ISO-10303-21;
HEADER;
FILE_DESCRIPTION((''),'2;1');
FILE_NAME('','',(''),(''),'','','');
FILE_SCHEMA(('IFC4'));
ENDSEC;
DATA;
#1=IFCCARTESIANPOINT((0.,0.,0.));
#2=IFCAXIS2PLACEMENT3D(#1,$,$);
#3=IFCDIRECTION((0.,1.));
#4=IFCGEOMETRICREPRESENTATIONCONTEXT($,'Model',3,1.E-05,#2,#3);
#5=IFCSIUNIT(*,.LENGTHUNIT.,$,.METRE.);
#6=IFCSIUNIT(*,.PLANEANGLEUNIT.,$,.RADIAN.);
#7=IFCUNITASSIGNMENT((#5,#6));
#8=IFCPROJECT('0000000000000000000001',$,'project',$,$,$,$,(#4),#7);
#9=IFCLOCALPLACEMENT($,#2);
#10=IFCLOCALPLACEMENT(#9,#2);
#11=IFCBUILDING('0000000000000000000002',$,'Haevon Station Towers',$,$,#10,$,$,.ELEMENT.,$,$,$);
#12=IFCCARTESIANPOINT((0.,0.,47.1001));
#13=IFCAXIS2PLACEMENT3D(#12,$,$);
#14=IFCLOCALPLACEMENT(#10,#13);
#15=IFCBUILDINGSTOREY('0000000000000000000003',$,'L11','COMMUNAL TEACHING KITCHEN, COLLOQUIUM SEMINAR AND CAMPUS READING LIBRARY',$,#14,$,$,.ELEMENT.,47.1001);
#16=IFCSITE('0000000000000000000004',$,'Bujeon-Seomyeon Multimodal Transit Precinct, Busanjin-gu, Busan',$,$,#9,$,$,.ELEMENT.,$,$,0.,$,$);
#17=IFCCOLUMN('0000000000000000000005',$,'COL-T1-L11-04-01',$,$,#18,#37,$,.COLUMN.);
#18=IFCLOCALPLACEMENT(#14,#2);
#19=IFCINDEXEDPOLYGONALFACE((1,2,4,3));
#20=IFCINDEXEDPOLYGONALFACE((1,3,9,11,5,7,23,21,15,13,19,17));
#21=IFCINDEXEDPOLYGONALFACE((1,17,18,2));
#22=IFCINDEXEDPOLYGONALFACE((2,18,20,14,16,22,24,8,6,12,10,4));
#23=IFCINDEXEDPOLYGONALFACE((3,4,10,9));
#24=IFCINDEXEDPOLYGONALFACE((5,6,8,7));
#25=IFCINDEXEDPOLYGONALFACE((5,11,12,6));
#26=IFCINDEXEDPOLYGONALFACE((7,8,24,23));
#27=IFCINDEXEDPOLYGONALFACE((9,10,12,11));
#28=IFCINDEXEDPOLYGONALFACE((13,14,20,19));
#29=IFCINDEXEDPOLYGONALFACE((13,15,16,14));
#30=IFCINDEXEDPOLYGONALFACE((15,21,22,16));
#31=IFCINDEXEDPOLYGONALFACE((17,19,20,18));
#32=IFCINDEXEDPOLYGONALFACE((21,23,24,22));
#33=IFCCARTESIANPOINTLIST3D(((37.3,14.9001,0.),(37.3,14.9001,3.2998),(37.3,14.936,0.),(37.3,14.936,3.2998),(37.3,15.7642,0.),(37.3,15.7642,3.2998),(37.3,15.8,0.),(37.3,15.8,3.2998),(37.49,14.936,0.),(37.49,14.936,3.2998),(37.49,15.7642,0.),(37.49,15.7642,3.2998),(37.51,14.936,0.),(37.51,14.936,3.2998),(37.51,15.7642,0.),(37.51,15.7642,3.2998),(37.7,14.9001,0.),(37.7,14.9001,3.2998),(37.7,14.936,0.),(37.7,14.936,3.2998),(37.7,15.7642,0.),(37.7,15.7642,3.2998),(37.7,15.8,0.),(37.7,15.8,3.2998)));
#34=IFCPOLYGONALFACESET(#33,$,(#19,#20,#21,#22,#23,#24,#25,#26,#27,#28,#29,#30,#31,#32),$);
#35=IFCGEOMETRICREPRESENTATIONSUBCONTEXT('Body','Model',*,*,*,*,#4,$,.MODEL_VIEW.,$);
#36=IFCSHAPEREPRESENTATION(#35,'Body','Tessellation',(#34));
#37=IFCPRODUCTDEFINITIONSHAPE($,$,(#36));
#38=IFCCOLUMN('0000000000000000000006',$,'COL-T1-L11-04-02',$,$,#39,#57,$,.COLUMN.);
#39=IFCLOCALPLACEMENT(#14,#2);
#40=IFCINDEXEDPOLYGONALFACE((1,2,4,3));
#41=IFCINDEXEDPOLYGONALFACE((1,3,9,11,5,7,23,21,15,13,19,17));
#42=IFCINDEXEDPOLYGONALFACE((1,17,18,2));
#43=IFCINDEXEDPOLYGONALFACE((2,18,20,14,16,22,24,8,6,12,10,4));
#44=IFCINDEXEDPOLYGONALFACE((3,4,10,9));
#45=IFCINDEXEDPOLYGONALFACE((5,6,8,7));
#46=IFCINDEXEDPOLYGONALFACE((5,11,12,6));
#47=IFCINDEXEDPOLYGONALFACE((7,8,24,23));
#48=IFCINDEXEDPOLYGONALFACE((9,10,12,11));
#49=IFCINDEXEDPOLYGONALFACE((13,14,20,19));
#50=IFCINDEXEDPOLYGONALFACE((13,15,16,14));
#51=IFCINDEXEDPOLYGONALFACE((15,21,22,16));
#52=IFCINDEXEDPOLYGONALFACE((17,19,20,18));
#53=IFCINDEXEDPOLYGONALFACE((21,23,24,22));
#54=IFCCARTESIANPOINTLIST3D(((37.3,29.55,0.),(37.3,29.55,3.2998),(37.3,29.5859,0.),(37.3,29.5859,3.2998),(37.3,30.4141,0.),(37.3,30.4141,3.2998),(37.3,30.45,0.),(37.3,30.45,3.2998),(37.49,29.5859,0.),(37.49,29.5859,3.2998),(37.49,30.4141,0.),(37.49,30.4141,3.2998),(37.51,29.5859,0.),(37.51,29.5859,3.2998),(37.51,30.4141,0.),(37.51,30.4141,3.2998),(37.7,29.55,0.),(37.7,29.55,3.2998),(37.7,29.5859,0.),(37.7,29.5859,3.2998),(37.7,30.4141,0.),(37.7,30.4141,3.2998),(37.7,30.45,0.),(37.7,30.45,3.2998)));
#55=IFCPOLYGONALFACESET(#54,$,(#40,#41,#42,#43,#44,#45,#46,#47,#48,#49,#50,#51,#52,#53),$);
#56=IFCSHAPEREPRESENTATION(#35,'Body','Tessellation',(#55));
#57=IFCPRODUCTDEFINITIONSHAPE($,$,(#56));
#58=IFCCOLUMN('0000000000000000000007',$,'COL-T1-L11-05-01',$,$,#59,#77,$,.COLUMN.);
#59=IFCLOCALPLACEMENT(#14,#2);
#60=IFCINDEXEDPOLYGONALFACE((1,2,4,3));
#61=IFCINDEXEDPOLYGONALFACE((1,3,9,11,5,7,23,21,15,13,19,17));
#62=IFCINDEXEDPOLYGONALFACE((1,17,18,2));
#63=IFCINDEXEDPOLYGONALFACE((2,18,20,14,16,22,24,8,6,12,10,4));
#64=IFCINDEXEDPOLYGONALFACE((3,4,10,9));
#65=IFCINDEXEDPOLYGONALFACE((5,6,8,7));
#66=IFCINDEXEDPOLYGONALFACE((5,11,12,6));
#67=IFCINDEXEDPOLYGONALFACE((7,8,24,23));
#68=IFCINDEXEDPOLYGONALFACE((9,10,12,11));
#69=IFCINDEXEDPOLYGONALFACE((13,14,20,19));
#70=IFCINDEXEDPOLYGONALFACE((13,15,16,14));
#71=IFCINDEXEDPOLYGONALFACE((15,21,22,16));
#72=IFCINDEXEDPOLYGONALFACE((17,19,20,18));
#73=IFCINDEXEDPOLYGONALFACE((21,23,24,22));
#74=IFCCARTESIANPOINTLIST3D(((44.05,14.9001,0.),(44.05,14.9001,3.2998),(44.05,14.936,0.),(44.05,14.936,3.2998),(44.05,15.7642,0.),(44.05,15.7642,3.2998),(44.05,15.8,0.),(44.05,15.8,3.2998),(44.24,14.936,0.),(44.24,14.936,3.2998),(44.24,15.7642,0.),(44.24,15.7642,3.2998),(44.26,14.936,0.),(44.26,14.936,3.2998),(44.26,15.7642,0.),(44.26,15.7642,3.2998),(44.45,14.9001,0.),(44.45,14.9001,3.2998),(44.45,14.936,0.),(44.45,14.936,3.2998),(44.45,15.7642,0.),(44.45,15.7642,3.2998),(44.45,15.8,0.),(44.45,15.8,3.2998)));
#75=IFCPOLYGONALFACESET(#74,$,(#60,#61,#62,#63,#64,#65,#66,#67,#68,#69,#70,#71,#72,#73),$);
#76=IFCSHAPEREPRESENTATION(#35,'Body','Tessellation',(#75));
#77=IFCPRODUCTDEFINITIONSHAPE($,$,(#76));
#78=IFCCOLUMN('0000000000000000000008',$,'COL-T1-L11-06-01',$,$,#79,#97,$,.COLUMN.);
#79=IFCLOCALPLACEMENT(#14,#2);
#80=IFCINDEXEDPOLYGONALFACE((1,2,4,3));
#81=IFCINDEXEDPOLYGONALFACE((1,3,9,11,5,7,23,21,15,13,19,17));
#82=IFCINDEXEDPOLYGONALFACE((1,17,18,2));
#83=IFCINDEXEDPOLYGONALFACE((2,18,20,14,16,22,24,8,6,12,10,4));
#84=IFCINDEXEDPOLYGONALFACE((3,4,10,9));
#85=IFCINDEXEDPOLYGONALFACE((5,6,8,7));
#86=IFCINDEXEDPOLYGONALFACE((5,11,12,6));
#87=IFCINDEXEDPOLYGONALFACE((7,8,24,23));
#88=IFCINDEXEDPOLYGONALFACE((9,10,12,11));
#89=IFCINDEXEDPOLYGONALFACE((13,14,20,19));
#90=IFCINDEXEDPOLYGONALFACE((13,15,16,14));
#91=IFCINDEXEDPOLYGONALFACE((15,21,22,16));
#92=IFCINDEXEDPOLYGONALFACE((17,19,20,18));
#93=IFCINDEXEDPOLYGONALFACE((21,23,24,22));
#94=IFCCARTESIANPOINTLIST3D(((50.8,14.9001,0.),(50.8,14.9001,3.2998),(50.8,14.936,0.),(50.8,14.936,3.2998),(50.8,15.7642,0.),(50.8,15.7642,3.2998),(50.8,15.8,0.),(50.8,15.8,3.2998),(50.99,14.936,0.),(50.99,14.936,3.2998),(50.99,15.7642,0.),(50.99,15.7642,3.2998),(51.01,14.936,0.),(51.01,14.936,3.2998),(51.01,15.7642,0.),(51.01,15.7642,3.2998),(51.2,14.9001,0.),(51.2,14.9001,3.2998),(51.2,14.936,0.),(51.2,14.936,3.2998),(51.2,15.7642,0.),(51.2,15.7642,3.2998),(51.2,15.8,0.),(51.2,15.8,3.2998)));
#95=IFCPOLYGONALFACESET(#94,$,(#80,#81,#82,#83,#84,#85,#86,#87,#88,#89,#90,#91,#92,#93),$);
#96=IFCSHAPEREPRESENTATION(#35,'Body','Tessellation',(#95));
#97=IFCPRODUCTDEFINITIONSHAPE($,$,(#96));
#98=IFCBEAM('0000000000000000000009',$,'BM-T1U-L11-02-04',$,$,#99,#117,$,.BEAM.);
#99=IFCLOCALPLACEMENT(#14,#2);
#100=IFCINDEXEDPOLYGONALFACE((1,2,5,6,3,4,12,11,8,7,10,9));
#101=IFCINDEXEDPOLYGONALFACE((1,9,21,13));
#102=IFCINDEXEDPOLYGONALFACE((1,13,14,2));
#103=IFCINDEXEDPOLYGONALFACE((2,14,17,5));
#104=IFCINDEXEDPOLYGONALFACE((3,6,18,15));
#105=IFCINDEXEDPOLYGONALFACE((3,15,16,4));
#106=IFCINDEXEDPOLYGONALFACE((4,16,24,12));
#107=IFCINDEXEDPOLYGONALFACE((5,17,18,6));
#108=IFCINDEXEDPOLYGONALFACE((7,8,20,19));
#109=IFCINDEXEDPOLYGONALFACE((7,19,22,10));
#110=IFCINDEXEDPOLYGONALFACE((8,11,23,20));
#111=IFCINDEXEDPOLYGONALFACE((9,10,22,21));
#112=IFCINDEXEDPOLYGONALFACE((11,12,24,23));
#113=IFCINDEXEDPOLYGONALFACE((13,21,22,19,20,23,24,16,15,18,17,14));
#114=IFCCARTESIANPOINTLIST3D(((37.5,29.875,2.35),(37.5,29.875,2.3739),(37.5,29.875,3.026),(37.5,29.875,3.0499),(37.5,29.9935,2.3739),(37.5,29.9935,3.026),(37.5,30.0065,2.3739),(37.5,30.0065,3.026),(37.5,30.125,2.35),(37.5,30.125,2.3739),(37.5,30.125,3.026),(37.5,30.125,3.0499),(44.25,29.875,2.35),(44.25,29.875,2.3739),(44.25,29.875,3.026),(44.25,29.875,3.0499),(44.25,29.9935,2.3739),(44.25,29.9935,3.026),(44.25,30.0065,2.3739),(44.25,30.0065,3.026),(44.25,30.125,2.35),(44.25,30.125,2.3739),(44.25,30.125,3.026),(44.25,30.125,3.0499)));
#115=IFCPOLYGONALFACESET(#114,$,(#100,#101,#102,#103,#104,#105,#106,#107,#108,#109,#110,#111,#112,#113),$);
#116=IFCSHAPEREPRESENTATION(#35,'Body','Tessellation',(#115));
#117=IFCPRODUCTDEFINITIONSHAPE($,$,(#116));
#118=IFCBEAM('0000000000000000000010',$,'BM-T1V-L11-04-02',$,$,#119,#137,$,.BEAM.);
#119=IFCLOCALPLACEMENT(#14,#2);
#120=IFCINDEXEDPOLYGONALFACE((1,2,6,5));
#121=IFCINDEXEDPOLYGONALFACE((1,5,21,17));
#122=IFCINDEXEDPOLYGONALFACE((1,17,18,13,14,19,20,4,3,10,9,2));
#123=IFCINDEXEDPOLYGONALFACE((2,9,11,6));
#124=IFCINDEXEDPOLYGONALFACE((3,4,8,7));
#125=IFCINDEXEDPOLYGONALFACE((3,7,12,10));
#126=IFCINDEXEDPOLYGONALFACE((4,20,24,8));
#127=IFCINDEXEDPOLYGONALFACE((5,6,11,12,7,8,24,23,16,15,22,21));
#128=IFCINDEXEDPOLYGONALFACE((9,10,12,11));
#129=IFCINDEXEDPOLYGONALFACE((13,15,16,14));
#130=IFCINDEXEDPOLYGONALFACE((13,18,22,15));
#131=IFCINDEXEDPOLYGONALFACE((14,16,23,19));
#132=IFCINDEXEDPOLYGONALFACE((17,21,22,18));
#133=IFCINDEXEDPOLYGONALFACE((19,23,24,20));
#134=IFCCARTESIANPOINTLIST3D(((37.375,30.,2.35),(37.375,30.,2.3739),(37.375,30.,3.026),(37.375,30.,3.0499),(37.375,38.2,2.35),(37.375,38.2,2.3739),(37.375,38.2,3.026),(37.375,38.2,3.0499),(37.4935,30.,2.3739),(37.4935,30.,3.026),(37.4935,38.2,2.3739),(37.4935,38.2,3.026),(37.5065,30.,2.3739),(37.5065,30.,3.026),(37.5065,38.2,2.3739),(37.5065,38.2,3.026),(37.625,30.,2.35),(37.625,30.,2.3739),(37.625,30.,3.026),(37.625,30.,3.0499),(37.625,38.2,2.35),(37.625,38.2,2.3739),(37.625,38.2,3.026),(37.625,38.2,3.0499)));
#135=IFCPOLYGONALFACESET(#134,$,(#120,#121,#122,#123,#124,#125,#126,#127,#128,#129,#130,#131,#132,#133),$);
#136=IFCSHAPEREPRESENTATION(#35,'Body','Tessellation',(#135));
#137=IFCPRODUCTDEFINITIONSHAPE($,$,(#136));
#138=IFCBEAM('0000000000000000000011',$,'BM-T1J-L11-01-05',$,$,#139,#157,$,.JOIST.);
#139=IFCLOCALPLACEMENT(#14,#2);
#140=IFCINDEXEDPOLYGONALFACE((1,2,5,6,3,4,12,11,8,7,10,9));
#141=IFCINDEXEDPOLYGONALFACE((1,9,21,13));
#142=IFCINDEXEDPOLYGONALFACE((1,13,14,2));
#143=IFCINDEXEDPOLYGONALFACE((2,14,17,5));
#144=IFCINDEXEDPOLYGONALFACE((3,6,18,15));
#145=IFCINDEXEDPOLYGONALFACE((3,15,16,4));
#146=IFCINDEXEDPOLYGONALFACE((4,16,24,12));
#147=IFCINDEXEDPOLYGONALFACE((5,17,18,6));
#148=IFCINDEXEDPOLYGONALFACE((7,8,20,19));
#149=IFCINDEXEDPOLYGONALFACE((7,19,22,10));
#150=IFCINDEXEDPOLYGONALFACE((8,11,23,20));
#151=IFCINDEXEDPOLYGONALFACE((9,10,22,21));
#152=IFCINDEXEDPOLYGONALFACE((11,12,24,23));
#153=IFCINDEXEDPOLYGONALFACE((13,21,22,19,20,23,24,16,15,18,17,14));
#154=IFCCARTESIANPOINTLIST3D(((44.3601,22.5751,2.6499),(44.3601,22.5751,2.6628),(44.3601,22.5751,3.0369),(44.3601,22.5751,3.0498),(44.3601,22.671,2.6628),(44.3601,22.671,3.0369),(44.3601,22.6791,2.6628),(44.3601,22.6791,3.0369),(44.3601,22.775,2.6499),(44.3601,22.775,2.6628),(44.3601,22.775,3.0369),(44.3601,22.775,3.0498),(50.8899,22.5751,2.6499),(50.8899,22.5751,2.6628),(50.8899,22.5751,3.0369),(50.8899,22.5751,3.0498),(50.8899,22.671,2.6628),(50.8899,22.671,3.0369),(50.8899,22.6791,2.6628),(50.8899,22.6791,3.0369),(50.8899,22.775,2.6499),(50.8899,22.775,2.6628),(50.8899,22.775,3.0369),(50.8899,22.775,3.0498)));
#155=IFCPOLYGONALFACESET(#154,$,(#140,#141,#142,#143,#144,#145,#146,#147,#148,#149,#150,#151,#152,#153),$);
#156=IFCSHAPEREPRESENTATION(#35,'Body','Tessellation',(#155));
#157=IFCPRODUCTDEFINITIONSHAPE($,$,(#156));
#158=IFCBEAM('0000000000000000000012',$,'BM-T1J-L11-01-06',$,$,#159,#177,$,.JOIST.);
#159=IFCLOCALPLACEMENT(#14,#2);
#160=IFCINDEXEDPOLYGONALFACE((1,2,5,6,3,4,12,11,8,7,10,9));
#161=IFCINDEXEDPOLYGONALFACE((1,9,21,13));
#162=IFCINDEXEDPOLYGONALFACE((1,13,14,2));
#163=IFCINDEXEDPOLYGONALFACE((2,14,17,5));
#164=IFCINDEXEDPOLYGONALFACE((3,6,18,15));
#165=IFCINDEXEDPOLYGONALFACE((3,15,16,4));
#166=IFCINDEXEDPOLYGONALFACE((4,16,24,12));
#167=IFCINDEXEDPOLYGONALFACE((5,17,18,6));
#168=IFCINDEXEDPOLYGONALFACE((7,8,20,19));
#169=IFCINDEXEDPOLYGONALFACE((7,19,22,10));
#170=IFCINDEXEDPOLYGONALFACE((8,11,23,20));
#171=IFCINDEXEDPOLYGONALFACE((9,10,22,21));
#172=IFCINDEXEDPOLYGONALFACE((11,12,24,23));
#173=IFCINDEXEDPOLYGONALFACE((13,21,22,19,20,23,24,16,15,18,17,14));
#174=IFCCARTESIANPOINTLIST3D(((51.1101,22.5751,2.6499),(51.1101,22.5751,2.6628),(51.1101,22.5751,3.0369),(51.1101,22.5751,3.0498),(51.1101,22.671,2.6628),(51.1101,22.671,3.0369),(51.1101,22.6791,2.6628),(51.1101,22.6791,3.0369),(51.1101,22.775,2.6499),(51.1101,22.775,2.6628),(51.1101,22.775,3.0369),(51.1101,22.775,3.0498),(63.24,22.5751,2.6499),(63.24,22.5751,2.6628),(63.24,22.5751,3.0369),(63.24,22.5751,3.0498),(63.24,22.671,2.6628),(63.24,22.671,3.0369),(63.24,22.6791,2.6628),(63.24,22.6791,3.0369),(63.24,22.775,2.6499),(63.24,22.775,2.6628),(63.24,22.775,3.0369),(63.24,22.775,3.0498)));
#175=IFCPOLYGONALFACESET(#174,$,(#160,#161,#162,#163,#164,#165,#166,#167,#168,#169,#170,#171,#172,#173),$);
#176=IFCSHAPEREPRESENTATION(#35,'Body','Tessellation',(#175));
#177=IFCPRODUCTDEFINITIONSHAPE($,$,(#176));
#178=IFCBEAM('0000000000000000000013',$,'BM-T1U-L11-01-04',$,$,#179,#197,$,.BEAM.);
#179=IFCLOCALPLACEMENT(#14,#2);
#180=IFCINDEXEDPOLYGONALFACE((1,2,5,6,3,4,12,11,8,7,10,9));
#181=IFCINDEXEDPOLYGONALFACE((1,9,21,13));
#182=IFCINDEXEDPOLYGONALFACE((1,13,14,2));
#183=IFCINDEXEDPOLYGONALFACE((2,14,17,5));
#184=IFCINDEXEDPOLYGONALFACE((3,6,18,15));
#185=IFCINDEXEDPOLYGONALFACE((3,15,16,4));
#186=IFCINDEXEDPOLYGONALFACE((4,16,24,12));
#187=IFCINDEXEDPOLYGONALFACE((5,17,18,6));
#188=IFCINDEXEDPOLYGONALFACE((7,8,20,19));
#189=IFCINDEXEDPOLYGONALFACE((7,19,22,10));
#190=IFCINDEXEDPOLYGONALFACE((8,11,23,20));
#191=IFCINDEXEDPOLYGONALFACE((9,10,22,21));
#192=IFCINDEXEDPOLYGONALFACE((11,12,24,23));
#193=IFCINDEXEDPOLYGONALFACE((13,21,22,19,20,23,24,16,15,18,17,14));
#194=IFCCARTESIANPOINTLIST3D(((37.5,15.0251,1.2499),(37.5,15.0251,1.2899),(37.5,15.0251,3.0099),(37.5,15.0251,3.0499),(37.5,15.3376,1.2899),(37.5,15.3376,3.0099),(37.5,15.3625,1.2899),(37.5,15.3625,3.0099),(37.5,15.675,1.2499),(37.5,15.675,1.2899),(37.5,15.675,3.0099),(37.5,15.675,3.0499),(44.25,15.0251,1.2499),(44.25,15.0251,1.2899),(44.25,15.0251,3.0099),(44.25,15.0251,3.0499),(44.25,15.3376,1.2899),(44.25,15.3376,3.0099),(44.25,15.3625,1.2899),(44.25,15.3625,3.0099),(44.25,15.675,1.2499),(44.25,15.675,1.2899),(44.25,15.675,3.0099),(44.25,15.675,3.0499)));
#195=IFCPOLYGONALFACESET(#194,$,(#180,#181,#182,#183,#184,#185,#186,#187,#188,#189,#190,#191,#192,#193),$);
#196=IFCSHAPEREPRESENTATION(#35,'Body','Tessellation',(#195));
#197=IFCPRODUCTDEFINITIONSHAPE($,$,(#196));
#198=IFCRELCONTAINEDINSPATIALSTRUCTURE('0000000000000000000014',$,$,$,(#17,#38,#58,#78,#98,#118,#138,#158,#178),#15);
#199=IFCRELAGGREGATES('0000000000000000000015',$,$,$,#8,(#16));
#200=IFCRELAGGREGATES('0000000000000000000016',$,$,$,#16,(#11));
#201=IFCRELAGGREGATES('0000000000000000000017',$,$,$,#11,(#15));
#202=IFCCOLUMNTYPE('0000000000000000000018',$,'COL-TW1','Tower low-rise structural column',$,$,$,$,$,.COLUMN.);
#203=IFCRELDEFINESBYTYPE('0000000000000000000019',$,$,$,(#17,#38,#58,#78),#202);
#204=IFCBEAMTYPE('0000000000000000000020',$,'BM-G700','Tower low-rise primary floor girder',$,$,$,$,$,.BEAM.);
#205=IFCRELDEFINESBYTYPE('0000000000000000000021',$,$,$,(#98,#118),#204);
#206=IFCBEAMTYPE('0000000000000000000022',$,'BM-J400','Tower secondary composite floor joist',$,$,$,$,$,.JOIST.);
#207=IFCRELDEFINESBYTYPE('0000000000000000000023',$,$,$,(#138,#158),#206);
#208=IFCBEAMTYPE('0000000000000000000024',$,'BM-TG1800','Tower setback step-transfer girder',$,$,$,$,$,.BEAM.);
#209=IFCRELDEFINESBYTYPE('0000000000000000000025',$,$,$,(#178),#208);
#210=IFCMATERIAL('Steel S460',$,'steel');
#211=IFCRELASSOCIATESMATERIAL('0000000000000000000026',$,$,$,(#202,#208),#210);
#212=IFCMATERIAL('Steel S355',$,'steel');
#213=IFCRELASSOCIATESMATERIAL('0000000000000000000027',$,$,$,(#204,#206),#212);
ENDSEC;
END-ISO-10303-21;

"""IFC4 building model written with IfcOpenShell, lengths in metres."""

from ifc_helpers import new_model, si_unit, direction, frame, origin, origin_2d, place, context, subcontext, project, spatial, i_section, extrude, material, material_profile, profile_set, type_object, element, save


model = new_model("IFC4")

# Units and contexts
model_context = context("Model", 3, precision=1e-05, world=origin(), true_north=direction((0.0, 1.0)))
body_context = subcontext(model_context, "Body", "Model", "MODEL_VIEW")
ifc_project = project(units=[si_unit("LENGTHUNIT", "METRE"), si_unit("PLANEANGLEUNIT", "RADIAN")], contexts=[model_context])

# Site, building, storey
site_placement = place(None, origin())
site = spatial("IfcSite", under=ifc_project, at=site_placement, Name="Bujeon-Seomyeon Multimodal Transit Precinct, Busanjin-gu, Busan", CompositionType="ELEMENT", RefElevation=0.0)
building_placement = place(site_placement, origin())
building = spatial("IfcBuilding", under=site, at=building_placement, Name="Haevon Station Towers", CompositionType="ELEMENT")
storey_placement = place(building_placement, frame((0.0, 0.0, 47.1001)))
storey = spatial("IfcBuildingStorey", under=building, at=storey_placement, Name="L11", Description="COMMUNAL TEACHING KITCHEN, COLLOQUIUM SEMINAR AND CAMPUS READING LIBRARY", CompositionType="ELEMENT", Elevation=47.1001)

# Columns
ifc_material_1 = material(Name="Steel S460", Category="steel")
ifc_material_profile_1 = material_profile(ifc_material_1, i_section(OverallWidth=0.3999, OverallDepth=0.8999, WebThickness=0.02, FlangeThickness=0.0359, at=origin_2d()), Name="H-900x400x20x36")
ifc_profile_set_1 = profile_set([ifc_material_profile_1], Name="Steel S460")
column_type = type_object("IfcColumnType", Name="COL-TW1", Description="Tower low-rise structural column", PredefinedType="COLUMN", material=ifc_profile_set_1)
for number, where, z_axis, x_axis, name in (
    (1, (37.5, 15.3501, 0.0), (0.0, 0.0, 1.0), (1.0, 0.0, 0.0), "COL-T1-L11-04-01"),
    (2, (37.5, 30.0, 0.0), (0.0, 0.0, 1.0), (1.0, 0.0, 0.0), "COL-T1-L11-04-02"),
    (3, (44.25, 15.3501, 0.0), (0.0, 0.0, 1.0), (1.0, 0.0, 0.0), "COL-T1-L11-05-01"),
    (4, (51.0, 15.3501, 0.0), (0.0, 0.0, 1.0), (1.0, 0.0, 0.0), "COL-T1-L11-06-01"),
):
    element("IfcColumn", number, at=place(storey_placement, frame(where, z_axis=z_axis, x_axis=x_axis)), inside=storey, type_object=column_type, Name=name, PredefinedType="COLUMN", context=body_context, shape_type="SweptSolid", body=[
        extrude(i_section(OverallWidth=0.3999, OverallDepth=0.8999, WebThickness=0.02, FlangeThickness=0.0359, at=origin_2d()), origin(), (0.0, 0.0, 1.0), 3.2998),
    ])

# Beams
ifc_material_2 = material(Name="Steel S355", Category="steel")
ifc_material_profile_2 = material_profile(ifc_material_2, i_section(OverallWidth=0.25, OverallDepth=0.7, WebThickness=0.0129, FlangeThickness=0.0239, at=origin_2d()), Name="H-700x250x13x24")
ifc_profile_set_2 = profile_set([ifc_material_profile_2], Name="Steel S355")
beam_type_1 = type_object("IfcBeamType", Name="BM-G700", Description="Tower low-rise primary floor girder", PredefinedType="BEAM", material=ifc_profile_set_2)
beam_1_placement = place(storey_placement, frame((37.5, 30.0, 2.7), z_axis=(1.0, 0.0, 0.0), x_axis=(0.0, 1.0, 0.0)))
element("IfcBeam", 5, at=beam_1_placement, inside=storey, type_object=beam_type_1, Name="BM-T1U-L11-02-04", PredefinedType="BEAM", context=body_context, shape_type="SweptSolid", body=[
    extrude(i_section(OverallWidth=0.25, OverallDepth=0.7, WebThickness=0.0129, FlangeThickness=0.0239, at=origin_2d()), origin(), (0.0, 0.0, 1.0), 6.75),
])
beam_2_placement = place(storey_placement, frame((37.5, 30.0, 2.7), z_axis=(0.0, 1.0, 0.0), x_axis=(-1.0, 0.0, 0.0)))
element("IfcBeam", 6, at=beam_2_placement, inside=storey, type_object=beam_type_1, Name="BM-T1V-L11-04-02", PredefinedType="BEAM", context=body_context, shape_type="SweptSolid", body=[
    extrude(i_section(OverallWidth=0.25, OverallDepth=0.7, WebThickness=0.0129, FlangeThickness=0.0239, at=origin_2d()), origin(), (0.0, 0.0, 1.0), 8.2),
])
ifc_material_profile_3 = material_profile(ifc_material_2, i_section(OverallWidth=0.2, OverallDepth=0.3999, WebThickness=0.0081, FlangeThickness=0.0129, at=origin_2d()), Name="H-400x200x8x13")
ifc_profile_set_3 = profile_set([ifc_material_profile_3], Name="Steel S355")
beam_type_2 = type_object("IfcBeamType", Name="BM-J400", Description="Tower secondary composite floor joist", PredefinedType="JOIST", material=ifc_profile_set_3)
beam_3_placement = place(storey_placement, frame((44.3601, 22.675, 2.8499), z_axis=(1.0, 0.0, 0.0), x_axis=(0.0, 1.0, 0.0)))
element("IfcBeam", 7, at=beam_3_placement, inside=storey, type_object=beam_type_2, Name="BM-T1J-L11-01-05", PredefinedType="JOIST", context=body_context, shape_type="SweptSolid", body=[
    extrude(i_section(OverallWidth=0.2, OverallDepth=0.3999, WebThickness=0.0081, FlangeThickness=0.0129, at=origin_2d()), origin(), (0.0, 0.0, 1.0), 6.5298),
])
beam_4_placement = place(storey_placement, frame((51.1101, 22.675, 2.8499), z_axis=(1.0, 0.0, 0.0), x_axis=(0.0, 1.0, 0.0)))
element("IfcBeam", 8, at=beam_4_placement, inside=storey, type_object=beam_type_2, Name="BM-T1J-L11-01-06", PredefinedType="JOIST", context=body_context, shape_type="SweptSolid", body=[
    extrude(i_section(OverallWidth=0.2, OverallDepth=0.3999, WebThickness=0.0081, FlangeThickness=0.0129, at=origin_2d()), origin(), (0.0, 0.0, 1.0), 12.1299),
])
ifc_material_profile_4 = material_profile(ifc_material_1, i_section(OverallWidth=0.6499, OverallDepth=1.8, WebThickness=0.0249, FlangeThickness=0.04, at=origin_2d()), Name="H-1800x650x25x40")
ifc_profile_set_4 = profile_set([ifc_material_profile_4], Name="Steel S460")
beam_type_3 = type_object("IfcBeamType", Name="BM-TG1800", Description="Tower setback step-transfer girder", PredefinedType="BEAM", material=ifc_profile_set_4)
for number, where, z_axis, x_axis, name in (
    (9, (37.5, 15.3501, 2.1499), (1.0, 0.0, 0.0), (0.0, 1.0, 0.0), "BM-T1U-L11-01-04"),
):
    element("IfcBeam", number, at=place(storey_placement, frame(where, z_axis=z_axis, x_axis=x_axis)), inside=storey, type_object=beam_type_3, Name=name, PredefinedType="BEAM", context=body_context, shape_type="SweptSolid", body=[
        extrude(i_section(OverallWidth=0.6499, OverallDepth=1.8, WebThickness=0.0249, FlangeThickness=0.04, at=origin_2d()), origin(), (0.0, 0.0, 1.0), 6.75),
    ])

save(model, "model.ifc")
